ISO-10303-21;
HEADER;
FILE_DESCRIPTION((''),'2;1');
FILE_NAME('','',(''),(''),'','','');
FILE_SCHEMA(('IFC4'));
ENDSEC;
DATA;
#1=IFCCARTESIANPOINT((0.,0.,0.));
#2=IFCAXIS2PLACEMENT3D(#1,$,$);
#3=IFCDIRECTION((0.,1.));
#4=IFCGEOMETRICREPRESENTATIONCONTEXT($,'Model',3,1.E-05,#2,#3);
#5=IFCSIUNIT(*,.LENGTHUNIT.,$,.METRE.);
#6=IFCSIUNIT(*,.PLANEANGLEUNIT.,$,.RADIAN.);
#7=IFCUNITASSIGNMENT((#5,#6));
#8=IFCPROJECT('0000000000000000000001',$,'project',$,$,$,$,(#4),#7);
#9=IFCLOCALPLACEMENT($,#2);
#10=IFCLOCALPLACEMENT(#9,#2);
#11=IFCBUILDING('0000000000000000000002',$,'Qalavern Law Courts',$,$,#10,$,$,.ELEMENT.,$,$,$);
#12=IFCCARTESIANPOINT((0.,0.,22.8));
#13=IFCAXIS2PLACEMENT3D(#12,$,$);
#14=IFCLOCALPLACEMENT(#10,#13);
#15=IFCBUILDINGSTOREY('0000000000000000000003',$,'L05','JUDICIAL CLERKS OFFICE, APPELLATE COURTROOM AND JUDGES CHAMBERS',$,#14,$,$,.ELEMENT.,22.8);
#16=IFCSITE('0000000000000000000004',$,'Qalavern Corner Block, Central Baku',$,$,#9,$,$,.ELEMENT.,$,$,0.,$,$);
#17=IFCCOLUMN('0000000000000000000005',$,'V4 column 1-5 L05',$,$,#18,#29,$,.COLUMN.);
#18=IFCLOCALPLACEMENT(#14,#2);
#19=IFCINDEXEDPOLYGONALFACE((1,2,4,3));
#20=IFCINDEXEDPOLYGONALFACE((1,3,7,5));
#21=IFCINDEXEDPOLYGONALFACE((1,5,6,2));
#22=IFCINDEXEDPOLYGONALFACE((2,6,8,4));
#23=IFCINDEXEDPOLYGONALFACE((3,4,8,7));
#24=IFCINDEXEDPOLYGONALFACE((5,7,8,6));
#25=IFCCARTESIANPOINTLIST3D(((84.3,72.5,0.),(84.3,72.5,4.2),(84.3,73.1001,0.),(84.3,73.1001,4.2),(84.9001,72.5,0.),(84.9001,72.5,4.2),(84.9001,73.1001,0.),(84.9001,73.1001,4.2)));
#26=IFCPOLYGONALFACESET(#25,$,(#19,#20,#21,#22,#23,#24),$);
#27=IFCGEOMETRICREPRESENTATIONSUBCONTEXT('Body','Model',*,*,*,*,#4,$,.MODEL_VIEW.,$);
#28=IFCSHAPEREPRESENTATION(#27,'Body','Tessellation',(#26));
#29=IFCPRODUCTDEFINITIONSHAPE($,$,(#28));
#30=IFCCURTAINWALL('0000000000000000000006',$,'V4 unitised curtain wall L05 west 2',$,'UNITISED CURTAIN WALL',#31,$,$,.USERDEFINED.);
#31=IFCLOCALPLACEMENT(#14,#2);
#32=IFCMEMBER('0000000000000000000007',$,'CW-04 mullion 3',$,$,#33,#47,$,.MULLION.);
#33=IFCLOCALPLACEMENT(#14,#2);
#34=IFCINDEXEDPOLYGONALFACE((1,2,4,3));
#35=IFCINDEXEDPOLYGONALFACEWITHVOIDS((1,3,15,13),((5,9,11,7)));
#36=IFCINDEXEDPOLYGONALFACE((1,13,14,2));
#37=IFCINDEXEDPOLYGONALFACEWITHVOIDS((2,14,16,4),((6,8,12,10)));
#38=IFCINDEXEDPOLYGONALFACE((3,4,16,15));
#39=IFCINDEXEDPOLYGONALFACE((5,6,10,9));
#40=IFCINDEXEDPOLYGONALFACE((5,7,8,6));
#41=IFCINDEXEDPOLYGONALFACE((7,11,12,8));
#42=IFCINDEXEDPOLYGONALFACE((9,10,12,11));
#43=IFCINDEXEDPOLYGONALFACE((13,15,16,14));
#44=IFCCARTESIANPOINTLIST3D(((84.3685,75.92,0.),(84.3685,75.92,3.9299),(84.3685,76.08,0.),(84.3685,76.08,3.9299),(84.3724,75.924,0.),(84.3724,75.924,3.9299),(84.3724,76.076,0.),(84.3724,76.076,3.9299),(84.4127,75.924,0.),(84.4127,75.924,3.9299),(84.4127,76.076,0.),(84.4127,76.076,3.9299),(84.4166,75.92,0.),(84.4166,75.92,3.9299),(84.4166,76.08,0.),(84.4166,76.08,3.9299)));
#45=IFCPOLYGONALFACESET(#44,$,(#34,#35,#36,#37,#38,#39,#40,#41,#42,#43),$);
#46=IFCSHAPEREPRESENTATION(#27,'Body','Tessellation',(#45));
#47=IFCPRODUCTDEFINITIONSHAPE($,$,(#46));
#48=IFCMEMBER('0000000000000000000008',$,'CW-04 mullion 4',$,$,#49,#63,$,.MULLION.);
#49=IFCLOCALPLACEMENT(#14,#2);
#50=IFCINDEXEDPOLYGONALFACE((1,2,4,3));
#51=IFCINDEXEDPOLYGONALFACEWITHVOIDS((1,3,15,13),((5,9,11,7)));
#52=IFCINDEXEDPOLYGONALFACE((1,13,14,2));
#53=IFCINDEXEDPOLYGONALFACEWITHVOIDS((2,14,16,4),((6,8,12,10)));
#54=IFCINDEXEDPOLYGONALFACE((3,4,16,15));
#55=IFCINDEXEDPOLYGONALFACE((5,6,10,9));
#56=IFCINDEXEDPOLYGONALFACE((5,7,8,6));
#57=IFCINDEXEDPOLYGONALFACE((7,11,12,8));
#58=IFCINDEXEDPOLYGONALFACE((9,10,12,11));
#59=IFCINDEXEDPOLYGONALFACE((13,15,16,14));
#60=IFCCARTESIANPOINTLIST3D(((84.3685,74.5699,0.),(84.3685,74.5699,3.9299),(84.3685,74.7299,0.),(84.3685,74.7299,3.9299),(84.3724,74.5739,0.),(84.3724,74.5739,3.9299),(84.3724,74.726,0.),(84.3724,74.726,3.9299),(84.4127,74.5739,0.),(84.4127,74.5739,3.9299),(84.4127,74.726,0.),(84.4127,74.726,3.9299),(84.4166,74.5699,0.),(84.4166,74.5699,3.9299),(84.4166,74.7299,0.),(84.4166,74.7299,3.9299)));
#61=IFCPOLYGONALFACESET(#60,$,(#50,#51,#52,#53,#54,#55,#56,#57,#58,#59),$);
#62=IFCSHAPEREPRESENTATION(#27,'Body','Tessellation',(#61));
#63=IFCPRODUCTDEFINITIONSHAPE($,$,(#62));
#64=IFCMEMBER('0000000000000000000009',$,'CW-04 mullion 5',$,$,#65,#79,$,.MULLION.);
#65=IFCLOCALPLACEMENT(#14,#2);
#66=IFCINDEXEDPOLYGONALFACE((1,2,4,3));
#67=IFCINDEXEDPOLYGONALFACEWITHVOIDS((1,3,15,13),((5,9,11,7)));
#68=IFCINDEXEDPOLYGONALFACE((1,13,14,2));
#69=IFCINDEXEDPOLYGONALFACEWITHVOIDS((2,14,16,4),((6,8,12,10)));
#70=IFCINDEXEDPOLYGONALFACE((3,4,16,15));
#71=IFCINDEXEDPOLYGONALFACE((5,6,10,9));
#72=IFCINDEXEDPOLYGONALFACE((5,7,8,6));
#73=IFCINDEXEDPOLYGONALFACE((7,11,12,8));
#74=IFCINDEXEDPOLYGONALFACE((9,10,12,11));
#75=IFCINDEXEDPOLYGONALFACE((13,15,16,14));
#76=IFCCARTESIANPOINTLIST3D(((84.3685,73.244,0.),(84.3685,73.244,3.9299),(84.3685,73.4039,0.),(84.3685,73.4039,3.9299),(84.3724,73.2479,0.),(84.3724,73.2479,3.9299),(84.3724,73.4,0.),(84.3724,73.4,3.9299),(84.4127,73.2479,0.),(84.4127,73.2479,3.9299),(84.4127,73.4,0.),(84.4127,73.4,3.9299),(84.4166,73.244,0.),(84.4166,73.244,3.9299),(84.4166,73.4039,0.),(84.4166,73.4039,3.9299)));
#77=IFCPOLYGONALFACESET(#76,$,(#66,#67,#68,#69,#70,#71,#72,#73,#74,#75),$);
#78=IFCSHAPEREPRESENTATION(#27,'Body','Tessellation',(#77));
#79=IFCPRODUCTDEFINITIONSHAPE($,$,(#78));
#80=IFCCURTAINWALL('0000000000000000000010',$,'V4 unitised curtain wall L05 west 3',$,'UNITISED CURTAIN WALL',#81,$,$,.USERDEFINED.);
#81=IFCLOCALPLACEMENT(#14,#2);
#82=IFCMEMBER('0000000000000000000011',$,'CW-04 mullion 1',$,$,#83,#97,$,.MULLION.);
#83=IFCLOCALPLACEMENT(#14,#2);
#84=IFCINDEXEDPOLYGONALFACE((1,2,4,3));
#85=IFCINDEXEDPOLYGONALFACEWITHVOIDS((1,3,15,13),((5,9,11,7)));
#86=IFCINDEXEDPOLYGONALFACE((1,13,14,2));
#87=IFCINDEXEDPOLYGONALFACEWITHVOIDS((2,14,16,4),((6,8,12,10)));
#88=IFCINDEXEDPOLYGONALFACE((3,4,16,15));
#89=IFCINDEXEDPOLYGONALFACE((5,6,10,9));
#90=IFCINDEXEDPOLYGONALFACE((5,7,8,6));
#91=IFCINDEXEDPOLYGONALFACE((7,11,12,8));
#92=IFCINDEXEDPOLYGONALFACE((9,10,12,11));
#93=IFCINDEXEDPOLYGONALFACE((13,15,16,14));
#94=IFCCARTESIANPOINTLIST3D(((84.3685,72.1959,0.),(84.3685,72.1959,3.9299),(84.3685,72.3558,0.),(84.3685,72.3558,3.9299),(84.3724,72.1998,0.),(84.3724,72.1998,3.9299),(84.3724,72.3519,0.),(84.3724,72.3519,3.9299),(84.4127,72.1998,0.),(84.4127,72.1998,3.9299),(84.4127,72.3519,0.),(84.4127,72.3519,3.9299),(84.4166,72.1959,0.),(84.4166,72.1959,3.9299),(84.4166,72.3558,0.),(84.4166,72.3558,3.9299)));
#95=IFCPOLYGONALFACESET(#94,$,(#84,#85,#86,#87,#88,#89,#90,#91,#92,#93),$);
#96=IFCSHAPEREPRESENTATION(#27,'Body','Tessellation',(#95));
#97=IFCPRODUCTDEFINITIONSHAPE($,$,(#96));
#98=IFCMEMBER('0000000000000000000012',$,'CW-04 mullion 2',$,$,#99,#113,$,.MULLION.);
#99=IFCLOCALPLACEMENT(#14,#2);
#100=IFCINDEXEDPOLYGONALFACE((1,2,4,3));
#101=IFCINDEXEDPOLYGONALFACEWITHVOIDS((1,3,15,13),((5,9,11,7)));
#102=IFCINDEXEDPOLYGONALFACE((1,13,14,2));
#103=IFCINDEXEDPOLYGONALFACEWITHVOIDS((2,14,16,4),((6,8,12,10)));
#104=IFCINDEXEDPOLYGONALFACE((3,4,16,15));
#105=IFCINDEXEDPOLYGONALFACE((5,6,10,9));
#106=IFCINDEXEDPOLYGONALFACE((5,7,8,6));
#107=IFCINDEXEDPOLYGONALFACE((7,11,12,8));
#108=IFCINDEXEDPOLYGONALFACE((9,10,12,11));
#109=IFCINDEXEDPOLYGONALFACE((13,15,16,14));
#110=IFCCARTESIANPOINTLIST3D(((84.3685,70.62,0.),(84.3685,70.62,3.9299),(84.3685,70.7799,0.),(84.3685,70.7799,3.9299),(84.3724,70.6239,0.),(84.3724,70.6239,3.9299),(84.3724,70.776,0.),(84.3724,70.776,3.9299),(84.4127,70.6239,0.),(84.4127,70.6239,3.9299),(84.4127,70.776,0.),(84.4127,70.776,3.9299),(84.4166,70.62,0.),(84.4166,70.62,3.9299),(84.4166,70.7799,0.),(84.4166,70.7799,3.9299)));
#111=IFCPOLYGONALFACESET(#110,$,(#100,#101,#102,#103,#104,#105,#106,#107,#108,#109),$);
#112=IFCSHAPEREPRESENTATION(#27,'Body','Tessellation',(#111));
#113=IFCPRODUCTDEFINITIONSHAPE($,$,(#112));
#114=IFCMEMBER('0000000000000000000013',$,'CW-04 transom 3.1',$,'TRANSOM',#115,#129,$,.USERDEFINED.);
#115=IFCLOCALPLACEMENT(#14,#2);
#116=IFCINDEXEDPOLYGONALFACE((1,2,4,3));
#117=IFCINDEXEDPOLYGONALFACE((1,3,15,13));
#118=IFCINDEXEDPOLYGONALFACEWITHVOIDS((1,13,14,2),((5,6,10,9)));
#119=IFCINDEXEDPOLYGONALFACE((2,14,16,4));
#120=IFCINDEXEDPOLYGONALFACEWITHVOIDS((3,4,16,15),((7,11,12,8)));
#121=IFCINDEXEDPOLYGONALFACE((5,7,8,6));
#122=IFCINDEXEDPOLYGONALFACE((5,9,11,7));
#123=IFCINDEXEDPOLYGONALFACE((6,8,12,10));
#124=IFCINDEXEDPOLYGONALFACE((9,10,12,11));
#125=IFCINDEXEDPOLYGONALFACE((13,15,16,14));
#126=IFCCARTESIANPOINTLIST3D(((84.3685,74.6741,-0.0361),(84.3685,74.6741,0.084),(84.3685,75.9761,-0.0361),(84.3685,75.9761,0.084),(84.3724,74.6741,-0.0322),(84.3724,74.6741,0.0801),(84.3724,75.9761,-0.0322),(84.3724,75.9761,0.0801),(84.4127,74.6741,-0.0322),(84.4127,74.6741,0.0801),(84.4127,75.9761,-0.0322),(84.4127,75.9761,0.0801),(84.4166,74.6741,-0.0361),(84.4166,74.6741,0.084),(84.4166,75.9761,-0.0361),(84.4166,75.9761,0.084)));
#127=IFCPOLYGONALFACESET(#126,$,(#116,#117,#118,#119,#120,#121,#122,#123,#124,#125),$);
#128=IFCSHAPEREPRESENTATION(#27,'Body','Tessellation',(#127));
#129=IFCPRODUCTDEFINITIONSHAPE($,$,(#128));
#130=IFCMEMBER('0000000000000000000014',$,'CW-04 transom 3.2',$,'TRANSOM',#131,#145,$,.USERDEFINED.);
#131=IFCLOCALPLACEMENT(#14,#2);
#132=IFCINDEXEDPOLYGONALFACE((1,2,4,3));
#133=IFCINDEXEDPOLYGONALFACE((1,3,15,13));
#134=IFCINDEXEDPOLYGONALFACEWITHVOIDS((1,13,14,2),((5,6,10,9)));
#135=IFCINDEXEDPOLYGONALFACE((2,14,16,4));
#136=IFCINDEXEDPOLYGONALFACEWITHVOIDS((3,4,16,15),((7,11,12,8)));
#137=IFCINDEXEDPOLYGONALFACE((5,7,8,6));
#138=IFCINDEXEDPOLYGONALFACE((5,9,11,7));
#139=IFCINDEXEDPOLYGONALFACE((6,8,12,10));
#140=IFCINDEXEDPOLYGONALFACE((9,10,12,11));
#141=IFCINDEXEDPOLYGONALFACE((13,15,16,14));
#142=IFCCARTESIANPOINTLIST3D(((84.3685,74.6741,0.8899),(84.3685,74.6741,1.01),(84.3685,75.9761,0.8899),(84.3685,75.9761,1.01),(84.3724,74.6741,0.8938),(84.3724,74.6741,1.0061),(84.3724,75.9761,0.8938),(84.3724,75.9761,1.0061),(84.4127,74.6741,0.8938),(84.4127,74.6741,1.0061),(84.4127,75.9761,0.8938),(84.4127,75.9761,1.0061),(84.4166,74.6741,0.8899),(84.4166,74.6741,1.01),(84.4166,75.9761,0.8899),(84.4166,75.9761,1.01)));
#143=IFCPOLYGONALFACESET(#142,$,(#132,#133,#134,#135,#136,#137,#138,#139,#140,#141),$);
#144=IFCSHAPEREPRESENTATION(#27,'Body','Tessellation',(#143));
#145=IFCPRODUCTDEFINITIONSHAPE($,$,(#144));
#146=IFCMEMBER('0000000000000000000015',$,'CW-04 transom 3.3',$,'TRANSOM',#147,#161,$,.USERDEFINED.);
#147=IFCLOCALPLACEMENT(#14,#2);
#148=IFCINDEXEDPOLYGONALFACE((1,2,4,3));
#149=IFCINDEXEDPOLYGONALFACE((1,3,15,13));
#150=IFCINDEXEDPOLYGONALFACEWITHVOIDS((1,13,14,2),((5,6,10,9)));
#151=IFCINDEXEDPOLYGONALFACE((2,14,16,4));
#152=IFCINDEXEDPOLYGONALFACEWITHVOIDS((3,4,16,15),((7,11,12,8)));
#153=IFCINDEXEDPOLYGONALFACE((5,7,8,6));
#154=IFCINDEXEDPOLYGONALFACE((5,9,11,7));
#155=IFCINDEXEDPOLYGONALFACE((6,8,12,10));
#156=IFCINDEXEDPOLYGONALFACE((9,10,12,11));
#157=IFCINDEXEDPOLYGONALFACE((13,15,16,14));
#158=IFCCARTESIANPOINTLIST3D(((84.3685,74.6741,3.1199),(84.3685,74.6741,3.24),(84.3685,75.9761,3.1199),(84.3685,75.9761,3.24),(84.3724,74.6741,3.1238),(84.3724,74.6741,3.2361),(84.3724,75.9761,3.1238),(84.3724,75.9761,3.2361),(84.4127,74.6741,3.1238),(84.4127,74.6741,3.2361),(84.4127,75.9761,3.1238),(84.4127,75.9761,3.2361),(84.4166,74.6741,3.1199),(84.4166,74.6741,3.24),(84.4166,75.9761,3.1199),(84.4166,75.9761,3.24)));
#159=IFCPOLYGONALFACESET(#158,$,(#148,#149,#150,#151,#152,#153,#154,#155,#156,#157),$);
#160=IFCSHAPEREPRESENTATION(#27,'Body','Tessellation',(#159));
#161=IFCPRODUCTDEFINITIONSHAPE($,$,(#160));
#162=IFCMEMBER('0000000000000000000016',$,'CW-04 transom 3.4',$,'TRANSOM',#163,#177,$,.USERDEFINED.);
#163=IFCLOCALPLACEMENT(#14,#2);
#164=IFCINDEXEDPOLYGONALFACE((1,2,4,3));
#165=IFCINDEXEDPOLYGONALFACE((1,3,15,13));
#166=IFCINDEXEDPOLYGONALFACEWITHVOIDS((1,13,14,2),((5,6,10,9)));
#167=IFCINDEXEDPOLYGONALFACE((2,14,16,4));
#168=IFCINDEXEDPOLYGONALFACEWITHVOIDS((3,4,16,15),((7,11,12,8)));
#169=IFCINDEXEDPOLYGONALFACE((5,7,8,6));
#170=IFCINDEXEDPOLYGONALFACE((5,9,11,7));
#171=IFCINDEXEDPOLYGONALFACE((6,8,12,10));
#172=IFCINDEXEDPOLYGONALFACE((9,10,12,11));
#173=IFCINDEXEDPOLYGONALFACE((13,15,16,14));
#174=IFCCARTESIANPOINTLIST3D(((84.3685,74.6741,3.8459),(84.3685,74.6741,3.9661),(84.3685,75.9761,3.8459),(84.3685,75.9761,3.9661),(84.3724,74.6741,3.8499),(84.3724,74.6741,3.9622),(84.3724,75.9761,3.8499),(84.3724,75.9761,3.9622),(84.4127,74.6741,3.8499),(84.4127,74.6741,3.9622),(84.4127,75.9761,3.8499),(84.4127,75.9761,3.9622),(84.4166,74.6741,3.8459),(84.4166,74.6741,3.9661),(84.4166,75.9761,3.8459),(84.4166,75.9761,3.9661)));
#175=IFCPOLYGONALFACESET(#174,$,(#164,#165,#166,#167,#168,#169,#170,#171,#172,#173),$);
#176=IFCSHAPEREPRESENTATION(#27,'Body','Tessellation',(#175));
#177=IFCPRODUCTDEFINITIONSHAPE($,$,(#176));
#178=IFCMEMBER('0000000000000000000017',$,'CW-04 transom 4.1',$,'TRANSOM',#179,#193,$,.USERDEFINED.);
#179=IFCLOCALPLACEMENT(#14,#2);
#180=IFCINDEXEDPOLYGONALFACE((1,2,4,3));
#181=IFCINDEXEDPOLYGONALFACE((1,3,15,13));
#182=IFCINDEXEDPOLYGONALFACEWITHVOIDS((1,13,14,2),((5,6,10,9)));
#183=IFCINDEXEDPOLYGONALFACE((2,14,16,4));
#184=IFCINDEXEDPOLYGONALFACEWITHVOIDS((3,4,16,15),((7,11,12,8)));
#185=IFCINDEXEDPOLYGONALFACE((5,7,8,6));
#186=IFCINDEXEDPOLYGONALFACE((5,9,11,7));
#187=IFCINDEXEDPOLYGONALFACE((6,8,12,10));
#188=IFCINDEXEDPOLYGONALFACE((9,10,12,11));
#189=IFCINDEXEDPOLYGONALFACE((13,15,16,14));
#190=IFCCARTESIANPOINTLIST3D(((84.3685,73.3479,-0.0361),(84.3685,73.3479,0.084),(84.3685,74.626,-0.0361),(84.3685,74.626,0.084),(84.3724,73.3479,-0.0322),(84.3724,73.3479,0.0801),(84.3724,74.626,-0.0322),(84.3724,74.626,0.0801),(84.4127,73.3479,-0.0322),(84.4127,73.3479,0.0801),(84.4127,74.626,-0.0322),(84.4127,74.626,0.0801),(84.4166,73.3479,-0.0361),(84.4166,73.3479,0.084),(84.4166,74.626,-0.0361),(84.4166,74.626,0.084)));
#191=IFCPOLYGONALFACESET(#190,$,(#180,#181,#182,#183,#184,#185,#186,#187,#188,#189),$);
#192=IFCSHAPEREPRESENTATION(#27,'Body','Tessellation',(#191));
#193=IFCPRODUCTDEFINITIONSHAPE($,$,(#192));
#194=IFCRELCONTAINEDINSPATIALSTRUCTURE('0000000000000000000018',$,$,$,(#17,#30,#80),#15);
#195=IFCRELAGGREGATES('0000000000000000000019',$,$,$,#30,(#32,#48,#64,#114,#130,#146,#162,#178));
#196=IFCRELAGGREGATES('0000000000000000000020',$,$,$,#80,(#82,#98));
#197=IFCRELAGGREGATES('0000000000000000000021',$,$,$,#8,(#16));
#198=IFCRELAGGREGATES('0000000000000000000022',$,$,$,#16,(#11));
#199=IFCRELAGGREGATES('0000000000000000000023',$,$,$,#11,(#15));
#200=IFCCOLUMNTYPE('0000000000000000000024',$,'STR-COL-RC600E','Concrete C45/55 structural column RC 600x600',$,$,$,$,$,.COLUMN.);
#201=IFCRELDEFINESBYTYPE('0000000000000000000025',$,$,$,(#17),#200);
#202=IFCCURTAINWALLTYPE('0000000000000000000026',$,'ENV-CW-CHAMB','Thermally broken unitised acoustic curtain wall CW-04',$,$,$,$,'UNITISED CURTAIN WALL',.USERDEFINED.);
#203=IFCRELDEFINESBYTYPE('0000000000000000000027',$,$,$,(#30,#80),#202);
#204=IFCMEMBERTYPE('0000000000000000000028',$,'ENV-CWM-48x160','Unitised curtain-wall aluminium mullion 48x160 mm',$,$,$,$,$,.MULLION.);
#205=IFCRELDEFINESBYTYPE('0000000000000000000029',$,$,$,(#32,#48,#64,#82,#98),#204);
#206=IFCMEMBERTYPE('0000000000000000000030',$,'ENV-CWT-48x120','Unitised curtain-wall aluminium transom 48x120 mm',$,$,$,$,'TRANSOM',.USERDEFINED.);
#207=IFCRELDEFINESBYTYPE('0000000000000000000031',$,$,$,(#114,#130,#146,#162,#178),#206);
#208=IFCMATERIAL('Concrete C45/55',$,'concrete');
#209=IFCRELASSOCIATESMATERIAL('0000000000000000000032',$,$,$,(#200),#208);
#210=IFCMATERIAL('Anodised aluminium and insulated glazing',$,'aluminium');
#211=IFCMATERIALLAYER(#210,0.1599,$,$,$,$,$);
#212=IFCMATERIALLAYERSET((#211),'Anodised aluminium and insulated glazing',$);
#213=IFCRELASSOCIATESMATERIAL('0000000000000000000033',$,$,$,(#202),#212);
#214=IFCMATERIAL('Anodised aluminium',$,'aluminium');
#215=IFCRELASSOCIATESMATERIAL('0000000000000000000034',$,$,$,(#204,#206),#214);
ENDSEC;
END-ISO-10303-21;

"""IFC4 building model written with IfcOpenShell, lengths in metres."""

from ifc_helpers import new_model, si_unit, direction, frame, origin, origin_2d, place, context, subcontext, project, spatial, rectangle, hollow_rectangle, extrude, material, layer, layer_set, material_profile, profile_set, type_object, element, aggregate, save


model = new_model("IFC4")

# Units and contexts
model_context = context("Model", 3, precision=1e-05, world=origin(), true_north=direction((0.0, 1.0)))
body_context = subcontext(model_context, "Body", "Model", "MODEL_VIEW")
ifc_project = project(units=[si_unit("LENGTHUNIT", "METRE"), si_unit("PLANEANGLEUNIT", "RADIAN")], contexts=[model_context])

# Site, building, storey
site_placement = place(None, origin())
site = spatial("IfcSite", under=ifc_project, at=site_placement, Name="Qalavern Corner Block, Central Baku", CompositionType="ELEMENT", RefElevation=0.0)
building_placement = place(site_placement, origin())
building = spatial("IfcBuilding", under=site, at=building_placement, Name="Qalavern Law Courts", CompositionType="ELEMENT")
storey_placement = place(building_placement, frame((0.0, 0.0, 22.8)))
storey = spatial("IfcBuildingStorey", under=building, at=storey_placement, Name="L05", Description="JUDICIAL CLERKS OFFICE, APPELLATE COURTROOM AND JUDGES CHAMBERS", CompositionType="ELEMENT", Elevation=22.8)

# Column
ifc_material_1 = material(Name="Concrete C45/55", Category="concrete")
ifc_material_profile_1 = material_profile(ifc_material_1, rectangle(XDim=0.6001, YDim=0.6001, at=origin_2d()), Name="RC 600x600")
ifc_profile_set_1 = profile_set([ifc_material_profile_1], Name="Concrete C45/55")
column_type = type_object("IfcColumnType", Name="STR-COL-RC600E", Description="Concrete C45/55 structural column RC 600x600", PredefinedType="COLUMN", material=ifc_profile_set_1)
column_placement = place(storey_placement, frame((84.6001, 72.8, 0.0), z_axis=(0.0, 0.0, 1.0), x_axis=(1.0, 0.0, 0.0)))
element("IfcColumn", 1, at=column_placement, inside=storey, type_object=column_type, Name="V4 column 1-5 L05", PredefinedType="COLUMN", context=body_context, shape_type="SweptSolid", body=[
    extrude(rectangle(XDim=0.6001, YDim=0.6001, at=origin_2d()), origin(), (0.0, 0.0, 1.0), 4.2),
])

# Curtain walls, members
ifc_material_2 = material(Name="Anodised aluminium and insulated glazing", Category="aluminium")
ifc_layer_1 = layer(ifc_material_2, 0.1599)
ifc_layer_set_1 = layer_set([ifc_layer_1], Name="Anodised aluminium and insulated glazing")
curtain_wall_type = type_object("IfcCurtainWallType", Name="ENV-CW-CHAMB", Description="Thermally broken unitised acoustic curtain wall CW-04", ElementType="UNITISED CURTAIN WALL", PredefinedType="USERDEFINED", material=ifc_layer_set_1)
curtain_wall_1_placement = place(storey_placement, origin())
curtain_wall_1 = element("IfcCurtainWall", 2, at=curtain_wall_1_placement, inside=storey, type_object=curtain_wall_type, Name="V4 unitised curtain wall L05 west 2", ObjectType="UNITISED CURTAIN WALL", PredefinedType="USERDEFINED")
ifc_material_3 = material(Name="Anodised aluminium", Category="aluminium")
ifc_material_profile_2 = material_profile(ifc_material_3, hollow_rectangle(XDim=0.0481, YDim=0.1599, WallThickness=0.0039, at=origin_2d()), Name="ALU MULLION 48x160")
ifc_profile_set_2 = profile_set([ifc_material_profile_2], Name="Anodised aluminium")
member_type_1 = type_object("IfcMemberType", Name="ENV-CWM-48x160", Description="Unitised curtain-wall aluminium mullion 48x160 mm", PredefinedType="MULLION", material=ifc_profile_set_2)
member_1_placement = place(storey_placement, frame((84.3926, 76.0, 0.0), z_axis=(0.0, 0.0, 1.0), x_axis=(1.0, 0.0, 0.0)))
member_1 = element("IfcMember", 3, at=member_1_placement, type_object=member_type_1, Name="CW-04 mullion 3", PredefinedType="MULLION", context=body_context, shape_type="SweptSolid", body=[
    extrude(hollow_rectangle(XDim=0.0481, YDim=0.1599, WallThickness=0.0039, at=origin_2d()), origin(), (0.0, 0.0, 1.0), 3.9299),
])
member_2_placement = place(storey_placement, frame((84.3926, 74.6499, 0.0), z_axis=(0.0, 0.0, 1.0), x_axis=(1.0, 0.0, 0.0)))
member_2 = element("IfcMember", 4, at=member_2_placement, type_object=member_type_1, Name="CW-04 mullion 4", PredefinedType="MULLION", context=body_context, shape_type="SweptSolid", body=[
    extrude(hollow_rectangle(XDim=0.0481, YDim=0.1599, WallThickness=0.0039, at=origin_2d()), origin(), (0.0, 0.0, 1.0), 3.9299),
])
member_3_placement = place(storey_placement, frame((84.3926, 73.324, 0.0), z_axis=(0.0, 0.0, 1.0), x_axis=(1.0, 0.0, 0.0)))
member_3 = element("IfcMember", 5, at=member_3_placement, type_object=member_type_1, Name="CW-04 mullion 5", PredefinedType="MULLION", context=body_context, shape_type="SweptSolid", body=[
    extrude(hollow_rectangle(XDim=0.0481, YDim=0.1599, WallThickness=0.0039, at=origin_2d()), origin(), (0.0, 0.0, 1.0), 3.9299),
])
curtain_wall_2_placement = place(storey_placement, origin())
curtain_wall_2 = element("IfcCurtainWall", 6, at=curtain_wall_2_placement, inside=storey, type_object=curtain_wall_type, Name="V4 unitised curtain wall L05 west 3", ObjectType="UNITISED CURTAIN WALL", PredefinedType="USERDEFINED")
member_4_placement = place(storey_placement, frame((84.3926, 72.2759, 0.0), z_axis=(0.0, 0.0, 1.0), x_axis=(1.0, 0.0, 0.0)))
member_4 = element("IfcMember", 7, at=member_4_placement, type_object=member_type_1, Name="CW-04 mullion 1", PredefinedType="MULLION", context=body_context, shape_type="SweptSolid", body=[
    extrude(hollow_rectangle(XDim=0.0481, YDim=0.1599, WallThickness=0.0039, at=origin_2d()), origin(), (0.0, 0.0, 1.0), 3.9299),
])
member_5_placement = place(storey_placement, frame((84.3926, 70.7, 0.0), z_axis=(0.0, 0.0, 1.0), x_axis=(1.0, 0.0, 0.0)))
member_5 = element("IfcMember", 8, at=member_5_placement, type_object=member_type_1, Name="CW-04 mullion 2", PredefinedType="MULLION", context=body_context, shape_type="SweptSolid", body=[
    extrude(hollow_rectangle(XDim=0.0481, YDim=0.1599, WallThickness=0.0039, at=origin_2d()), origin(), (0.0, 0.0, 1.0), 3.9299),
])

# Members
ifc_material_profile_3 = material_profile(ifc_material_3, hollow_rectangle(XDim=0.0481, YDim=0.1201, WallThickness=0.0039, at=origin_2d()), Name="ALU TRANSOM 48x120")
ifc_profile_set_3 = profile_set([ifc_material_profile_3], Name="Anodised aluminium")
member_type_2 = type_object("IfcMemberType", Name="ENV-CWT-48x120", Description="Unitised curtain-wall aluminium transom 48x120 mm", ElementType="TRANSOM", PredefinedType="USERDEFINED", material=ifc_profile_set_3)
member_6_placement = place(storey_placement, frame((84.3926, 75.9761, 0.0239), z_axis=(0.0, -1.0, 0.0), x_axis=(1.0, 0.0, 0.0)))
member_6 = element("IfcMember", 9, at=member_6_placement, type_object=member_type_2, Name="CW-04 transom 3.1", ObjectType="TRANSOM", PredefinedType="USERDEFINED", context=body_context, shape_type="SweptSolid", body=[
    extrude(hollow_rectangle(XDim=0.0481, YDim=0.1201, WallThickness=0.0039, at=origin_2d()), origin(), (0.0, 0.0, 1.0), 1.302),
])
member_7_placement = place(storey_placement, frame((84.3926, 75.9761, 0.95), z_axis=(0.0, -1.0, 0.0), x_axis=(1.0, 0.0, 0.0)))
member_7 = element("IfcMember", 10, at=member_7_placement, type_object=member_type_2, Name="CW-04 transom 3.2", ObjectType="TRANSOM", PredefinedType="USERDEFINED", context=body_context, shape_type="SweptSolid", body=[
    extrude(hollow_rectangle(XDim=0.0481, YDim=0.1201, WallThickness=0.0039, at=origin_2d()), origin(), (0.0, 0.0, 1.0), 1.302),
])
member_8_placement = place(storey_placement, frame((84.3926, 75.9761, 3.1799), z_axis=(0.0, -1.0, 0.0), x_axis=(1.0, 0.0, 0.0)))
member_8 = element("IfcMember", 11, at=member_8_placement, type_object=member_type_2, Name="CW-04 transom 3.3", ObjectType="TRANSOM", PredefinedType="USERDEFINED", context=body_context, shape_type="SweptSolid", body=[
    extrude(hollow_rectangle(XDim=0.0481, YDim=0.1201, WallThickness=0.0039, at=origin_2d()), origin(), (0.0, 0.0, 1.0), 1.302),
])
member_9_placement = place(storey_placement, frame((84.3926, 75.9761, 3.906), z_axis=(0.0, -1.0, 0.0), x_axis=(1.0, 0.0, 0.0)))
member_9 = element("IfcMember", 12, at=member_9_placement, type_object=member_type_2, Name="CW-04 transom 3.4", ObjectType="TRANSOM", PredefinedType="USERDEFINED", context=body_context, shape_type="SweptSolid", body=[
    extrude(hollow_rectangle(XDim=0.0481, YDim=0.1201, WallThickness=0.0039, at=origin_2d()), origin(), (0.0, 0.0, 1.0), 1.302),
])
member_10_placement = place(storey_placement, frame((84.3926, 74.626, 0.0239), z_axis=(0.0, -1.0, 0.0), x_axis=(1.0, 0.0, 0.0)))
member_10 = element("IfcMember", 13, at=member_10_placement, type_object=member_type_2, Name="CW-04 transom 4.1", ObjectType="TRANSOM", PredefinedType="USERDEFINED", context=body_context, shape_type="SweptSolid", body=[
    extrude(hollow_rectangle(XDim=0.0481, YDim=0.1201, WallThickness=0.0039, at=origin_2d()), origin(), (0.0, 0.0, 1.0), 1.2781),
])

aggregate(curtain_wall_1, [member_1, member_2, member_3, member_6, member_7, member_8, member_9, member_10])
aggregate(curtain_wall_2, [member_4, member_5])

save(model, "model.ifc")
